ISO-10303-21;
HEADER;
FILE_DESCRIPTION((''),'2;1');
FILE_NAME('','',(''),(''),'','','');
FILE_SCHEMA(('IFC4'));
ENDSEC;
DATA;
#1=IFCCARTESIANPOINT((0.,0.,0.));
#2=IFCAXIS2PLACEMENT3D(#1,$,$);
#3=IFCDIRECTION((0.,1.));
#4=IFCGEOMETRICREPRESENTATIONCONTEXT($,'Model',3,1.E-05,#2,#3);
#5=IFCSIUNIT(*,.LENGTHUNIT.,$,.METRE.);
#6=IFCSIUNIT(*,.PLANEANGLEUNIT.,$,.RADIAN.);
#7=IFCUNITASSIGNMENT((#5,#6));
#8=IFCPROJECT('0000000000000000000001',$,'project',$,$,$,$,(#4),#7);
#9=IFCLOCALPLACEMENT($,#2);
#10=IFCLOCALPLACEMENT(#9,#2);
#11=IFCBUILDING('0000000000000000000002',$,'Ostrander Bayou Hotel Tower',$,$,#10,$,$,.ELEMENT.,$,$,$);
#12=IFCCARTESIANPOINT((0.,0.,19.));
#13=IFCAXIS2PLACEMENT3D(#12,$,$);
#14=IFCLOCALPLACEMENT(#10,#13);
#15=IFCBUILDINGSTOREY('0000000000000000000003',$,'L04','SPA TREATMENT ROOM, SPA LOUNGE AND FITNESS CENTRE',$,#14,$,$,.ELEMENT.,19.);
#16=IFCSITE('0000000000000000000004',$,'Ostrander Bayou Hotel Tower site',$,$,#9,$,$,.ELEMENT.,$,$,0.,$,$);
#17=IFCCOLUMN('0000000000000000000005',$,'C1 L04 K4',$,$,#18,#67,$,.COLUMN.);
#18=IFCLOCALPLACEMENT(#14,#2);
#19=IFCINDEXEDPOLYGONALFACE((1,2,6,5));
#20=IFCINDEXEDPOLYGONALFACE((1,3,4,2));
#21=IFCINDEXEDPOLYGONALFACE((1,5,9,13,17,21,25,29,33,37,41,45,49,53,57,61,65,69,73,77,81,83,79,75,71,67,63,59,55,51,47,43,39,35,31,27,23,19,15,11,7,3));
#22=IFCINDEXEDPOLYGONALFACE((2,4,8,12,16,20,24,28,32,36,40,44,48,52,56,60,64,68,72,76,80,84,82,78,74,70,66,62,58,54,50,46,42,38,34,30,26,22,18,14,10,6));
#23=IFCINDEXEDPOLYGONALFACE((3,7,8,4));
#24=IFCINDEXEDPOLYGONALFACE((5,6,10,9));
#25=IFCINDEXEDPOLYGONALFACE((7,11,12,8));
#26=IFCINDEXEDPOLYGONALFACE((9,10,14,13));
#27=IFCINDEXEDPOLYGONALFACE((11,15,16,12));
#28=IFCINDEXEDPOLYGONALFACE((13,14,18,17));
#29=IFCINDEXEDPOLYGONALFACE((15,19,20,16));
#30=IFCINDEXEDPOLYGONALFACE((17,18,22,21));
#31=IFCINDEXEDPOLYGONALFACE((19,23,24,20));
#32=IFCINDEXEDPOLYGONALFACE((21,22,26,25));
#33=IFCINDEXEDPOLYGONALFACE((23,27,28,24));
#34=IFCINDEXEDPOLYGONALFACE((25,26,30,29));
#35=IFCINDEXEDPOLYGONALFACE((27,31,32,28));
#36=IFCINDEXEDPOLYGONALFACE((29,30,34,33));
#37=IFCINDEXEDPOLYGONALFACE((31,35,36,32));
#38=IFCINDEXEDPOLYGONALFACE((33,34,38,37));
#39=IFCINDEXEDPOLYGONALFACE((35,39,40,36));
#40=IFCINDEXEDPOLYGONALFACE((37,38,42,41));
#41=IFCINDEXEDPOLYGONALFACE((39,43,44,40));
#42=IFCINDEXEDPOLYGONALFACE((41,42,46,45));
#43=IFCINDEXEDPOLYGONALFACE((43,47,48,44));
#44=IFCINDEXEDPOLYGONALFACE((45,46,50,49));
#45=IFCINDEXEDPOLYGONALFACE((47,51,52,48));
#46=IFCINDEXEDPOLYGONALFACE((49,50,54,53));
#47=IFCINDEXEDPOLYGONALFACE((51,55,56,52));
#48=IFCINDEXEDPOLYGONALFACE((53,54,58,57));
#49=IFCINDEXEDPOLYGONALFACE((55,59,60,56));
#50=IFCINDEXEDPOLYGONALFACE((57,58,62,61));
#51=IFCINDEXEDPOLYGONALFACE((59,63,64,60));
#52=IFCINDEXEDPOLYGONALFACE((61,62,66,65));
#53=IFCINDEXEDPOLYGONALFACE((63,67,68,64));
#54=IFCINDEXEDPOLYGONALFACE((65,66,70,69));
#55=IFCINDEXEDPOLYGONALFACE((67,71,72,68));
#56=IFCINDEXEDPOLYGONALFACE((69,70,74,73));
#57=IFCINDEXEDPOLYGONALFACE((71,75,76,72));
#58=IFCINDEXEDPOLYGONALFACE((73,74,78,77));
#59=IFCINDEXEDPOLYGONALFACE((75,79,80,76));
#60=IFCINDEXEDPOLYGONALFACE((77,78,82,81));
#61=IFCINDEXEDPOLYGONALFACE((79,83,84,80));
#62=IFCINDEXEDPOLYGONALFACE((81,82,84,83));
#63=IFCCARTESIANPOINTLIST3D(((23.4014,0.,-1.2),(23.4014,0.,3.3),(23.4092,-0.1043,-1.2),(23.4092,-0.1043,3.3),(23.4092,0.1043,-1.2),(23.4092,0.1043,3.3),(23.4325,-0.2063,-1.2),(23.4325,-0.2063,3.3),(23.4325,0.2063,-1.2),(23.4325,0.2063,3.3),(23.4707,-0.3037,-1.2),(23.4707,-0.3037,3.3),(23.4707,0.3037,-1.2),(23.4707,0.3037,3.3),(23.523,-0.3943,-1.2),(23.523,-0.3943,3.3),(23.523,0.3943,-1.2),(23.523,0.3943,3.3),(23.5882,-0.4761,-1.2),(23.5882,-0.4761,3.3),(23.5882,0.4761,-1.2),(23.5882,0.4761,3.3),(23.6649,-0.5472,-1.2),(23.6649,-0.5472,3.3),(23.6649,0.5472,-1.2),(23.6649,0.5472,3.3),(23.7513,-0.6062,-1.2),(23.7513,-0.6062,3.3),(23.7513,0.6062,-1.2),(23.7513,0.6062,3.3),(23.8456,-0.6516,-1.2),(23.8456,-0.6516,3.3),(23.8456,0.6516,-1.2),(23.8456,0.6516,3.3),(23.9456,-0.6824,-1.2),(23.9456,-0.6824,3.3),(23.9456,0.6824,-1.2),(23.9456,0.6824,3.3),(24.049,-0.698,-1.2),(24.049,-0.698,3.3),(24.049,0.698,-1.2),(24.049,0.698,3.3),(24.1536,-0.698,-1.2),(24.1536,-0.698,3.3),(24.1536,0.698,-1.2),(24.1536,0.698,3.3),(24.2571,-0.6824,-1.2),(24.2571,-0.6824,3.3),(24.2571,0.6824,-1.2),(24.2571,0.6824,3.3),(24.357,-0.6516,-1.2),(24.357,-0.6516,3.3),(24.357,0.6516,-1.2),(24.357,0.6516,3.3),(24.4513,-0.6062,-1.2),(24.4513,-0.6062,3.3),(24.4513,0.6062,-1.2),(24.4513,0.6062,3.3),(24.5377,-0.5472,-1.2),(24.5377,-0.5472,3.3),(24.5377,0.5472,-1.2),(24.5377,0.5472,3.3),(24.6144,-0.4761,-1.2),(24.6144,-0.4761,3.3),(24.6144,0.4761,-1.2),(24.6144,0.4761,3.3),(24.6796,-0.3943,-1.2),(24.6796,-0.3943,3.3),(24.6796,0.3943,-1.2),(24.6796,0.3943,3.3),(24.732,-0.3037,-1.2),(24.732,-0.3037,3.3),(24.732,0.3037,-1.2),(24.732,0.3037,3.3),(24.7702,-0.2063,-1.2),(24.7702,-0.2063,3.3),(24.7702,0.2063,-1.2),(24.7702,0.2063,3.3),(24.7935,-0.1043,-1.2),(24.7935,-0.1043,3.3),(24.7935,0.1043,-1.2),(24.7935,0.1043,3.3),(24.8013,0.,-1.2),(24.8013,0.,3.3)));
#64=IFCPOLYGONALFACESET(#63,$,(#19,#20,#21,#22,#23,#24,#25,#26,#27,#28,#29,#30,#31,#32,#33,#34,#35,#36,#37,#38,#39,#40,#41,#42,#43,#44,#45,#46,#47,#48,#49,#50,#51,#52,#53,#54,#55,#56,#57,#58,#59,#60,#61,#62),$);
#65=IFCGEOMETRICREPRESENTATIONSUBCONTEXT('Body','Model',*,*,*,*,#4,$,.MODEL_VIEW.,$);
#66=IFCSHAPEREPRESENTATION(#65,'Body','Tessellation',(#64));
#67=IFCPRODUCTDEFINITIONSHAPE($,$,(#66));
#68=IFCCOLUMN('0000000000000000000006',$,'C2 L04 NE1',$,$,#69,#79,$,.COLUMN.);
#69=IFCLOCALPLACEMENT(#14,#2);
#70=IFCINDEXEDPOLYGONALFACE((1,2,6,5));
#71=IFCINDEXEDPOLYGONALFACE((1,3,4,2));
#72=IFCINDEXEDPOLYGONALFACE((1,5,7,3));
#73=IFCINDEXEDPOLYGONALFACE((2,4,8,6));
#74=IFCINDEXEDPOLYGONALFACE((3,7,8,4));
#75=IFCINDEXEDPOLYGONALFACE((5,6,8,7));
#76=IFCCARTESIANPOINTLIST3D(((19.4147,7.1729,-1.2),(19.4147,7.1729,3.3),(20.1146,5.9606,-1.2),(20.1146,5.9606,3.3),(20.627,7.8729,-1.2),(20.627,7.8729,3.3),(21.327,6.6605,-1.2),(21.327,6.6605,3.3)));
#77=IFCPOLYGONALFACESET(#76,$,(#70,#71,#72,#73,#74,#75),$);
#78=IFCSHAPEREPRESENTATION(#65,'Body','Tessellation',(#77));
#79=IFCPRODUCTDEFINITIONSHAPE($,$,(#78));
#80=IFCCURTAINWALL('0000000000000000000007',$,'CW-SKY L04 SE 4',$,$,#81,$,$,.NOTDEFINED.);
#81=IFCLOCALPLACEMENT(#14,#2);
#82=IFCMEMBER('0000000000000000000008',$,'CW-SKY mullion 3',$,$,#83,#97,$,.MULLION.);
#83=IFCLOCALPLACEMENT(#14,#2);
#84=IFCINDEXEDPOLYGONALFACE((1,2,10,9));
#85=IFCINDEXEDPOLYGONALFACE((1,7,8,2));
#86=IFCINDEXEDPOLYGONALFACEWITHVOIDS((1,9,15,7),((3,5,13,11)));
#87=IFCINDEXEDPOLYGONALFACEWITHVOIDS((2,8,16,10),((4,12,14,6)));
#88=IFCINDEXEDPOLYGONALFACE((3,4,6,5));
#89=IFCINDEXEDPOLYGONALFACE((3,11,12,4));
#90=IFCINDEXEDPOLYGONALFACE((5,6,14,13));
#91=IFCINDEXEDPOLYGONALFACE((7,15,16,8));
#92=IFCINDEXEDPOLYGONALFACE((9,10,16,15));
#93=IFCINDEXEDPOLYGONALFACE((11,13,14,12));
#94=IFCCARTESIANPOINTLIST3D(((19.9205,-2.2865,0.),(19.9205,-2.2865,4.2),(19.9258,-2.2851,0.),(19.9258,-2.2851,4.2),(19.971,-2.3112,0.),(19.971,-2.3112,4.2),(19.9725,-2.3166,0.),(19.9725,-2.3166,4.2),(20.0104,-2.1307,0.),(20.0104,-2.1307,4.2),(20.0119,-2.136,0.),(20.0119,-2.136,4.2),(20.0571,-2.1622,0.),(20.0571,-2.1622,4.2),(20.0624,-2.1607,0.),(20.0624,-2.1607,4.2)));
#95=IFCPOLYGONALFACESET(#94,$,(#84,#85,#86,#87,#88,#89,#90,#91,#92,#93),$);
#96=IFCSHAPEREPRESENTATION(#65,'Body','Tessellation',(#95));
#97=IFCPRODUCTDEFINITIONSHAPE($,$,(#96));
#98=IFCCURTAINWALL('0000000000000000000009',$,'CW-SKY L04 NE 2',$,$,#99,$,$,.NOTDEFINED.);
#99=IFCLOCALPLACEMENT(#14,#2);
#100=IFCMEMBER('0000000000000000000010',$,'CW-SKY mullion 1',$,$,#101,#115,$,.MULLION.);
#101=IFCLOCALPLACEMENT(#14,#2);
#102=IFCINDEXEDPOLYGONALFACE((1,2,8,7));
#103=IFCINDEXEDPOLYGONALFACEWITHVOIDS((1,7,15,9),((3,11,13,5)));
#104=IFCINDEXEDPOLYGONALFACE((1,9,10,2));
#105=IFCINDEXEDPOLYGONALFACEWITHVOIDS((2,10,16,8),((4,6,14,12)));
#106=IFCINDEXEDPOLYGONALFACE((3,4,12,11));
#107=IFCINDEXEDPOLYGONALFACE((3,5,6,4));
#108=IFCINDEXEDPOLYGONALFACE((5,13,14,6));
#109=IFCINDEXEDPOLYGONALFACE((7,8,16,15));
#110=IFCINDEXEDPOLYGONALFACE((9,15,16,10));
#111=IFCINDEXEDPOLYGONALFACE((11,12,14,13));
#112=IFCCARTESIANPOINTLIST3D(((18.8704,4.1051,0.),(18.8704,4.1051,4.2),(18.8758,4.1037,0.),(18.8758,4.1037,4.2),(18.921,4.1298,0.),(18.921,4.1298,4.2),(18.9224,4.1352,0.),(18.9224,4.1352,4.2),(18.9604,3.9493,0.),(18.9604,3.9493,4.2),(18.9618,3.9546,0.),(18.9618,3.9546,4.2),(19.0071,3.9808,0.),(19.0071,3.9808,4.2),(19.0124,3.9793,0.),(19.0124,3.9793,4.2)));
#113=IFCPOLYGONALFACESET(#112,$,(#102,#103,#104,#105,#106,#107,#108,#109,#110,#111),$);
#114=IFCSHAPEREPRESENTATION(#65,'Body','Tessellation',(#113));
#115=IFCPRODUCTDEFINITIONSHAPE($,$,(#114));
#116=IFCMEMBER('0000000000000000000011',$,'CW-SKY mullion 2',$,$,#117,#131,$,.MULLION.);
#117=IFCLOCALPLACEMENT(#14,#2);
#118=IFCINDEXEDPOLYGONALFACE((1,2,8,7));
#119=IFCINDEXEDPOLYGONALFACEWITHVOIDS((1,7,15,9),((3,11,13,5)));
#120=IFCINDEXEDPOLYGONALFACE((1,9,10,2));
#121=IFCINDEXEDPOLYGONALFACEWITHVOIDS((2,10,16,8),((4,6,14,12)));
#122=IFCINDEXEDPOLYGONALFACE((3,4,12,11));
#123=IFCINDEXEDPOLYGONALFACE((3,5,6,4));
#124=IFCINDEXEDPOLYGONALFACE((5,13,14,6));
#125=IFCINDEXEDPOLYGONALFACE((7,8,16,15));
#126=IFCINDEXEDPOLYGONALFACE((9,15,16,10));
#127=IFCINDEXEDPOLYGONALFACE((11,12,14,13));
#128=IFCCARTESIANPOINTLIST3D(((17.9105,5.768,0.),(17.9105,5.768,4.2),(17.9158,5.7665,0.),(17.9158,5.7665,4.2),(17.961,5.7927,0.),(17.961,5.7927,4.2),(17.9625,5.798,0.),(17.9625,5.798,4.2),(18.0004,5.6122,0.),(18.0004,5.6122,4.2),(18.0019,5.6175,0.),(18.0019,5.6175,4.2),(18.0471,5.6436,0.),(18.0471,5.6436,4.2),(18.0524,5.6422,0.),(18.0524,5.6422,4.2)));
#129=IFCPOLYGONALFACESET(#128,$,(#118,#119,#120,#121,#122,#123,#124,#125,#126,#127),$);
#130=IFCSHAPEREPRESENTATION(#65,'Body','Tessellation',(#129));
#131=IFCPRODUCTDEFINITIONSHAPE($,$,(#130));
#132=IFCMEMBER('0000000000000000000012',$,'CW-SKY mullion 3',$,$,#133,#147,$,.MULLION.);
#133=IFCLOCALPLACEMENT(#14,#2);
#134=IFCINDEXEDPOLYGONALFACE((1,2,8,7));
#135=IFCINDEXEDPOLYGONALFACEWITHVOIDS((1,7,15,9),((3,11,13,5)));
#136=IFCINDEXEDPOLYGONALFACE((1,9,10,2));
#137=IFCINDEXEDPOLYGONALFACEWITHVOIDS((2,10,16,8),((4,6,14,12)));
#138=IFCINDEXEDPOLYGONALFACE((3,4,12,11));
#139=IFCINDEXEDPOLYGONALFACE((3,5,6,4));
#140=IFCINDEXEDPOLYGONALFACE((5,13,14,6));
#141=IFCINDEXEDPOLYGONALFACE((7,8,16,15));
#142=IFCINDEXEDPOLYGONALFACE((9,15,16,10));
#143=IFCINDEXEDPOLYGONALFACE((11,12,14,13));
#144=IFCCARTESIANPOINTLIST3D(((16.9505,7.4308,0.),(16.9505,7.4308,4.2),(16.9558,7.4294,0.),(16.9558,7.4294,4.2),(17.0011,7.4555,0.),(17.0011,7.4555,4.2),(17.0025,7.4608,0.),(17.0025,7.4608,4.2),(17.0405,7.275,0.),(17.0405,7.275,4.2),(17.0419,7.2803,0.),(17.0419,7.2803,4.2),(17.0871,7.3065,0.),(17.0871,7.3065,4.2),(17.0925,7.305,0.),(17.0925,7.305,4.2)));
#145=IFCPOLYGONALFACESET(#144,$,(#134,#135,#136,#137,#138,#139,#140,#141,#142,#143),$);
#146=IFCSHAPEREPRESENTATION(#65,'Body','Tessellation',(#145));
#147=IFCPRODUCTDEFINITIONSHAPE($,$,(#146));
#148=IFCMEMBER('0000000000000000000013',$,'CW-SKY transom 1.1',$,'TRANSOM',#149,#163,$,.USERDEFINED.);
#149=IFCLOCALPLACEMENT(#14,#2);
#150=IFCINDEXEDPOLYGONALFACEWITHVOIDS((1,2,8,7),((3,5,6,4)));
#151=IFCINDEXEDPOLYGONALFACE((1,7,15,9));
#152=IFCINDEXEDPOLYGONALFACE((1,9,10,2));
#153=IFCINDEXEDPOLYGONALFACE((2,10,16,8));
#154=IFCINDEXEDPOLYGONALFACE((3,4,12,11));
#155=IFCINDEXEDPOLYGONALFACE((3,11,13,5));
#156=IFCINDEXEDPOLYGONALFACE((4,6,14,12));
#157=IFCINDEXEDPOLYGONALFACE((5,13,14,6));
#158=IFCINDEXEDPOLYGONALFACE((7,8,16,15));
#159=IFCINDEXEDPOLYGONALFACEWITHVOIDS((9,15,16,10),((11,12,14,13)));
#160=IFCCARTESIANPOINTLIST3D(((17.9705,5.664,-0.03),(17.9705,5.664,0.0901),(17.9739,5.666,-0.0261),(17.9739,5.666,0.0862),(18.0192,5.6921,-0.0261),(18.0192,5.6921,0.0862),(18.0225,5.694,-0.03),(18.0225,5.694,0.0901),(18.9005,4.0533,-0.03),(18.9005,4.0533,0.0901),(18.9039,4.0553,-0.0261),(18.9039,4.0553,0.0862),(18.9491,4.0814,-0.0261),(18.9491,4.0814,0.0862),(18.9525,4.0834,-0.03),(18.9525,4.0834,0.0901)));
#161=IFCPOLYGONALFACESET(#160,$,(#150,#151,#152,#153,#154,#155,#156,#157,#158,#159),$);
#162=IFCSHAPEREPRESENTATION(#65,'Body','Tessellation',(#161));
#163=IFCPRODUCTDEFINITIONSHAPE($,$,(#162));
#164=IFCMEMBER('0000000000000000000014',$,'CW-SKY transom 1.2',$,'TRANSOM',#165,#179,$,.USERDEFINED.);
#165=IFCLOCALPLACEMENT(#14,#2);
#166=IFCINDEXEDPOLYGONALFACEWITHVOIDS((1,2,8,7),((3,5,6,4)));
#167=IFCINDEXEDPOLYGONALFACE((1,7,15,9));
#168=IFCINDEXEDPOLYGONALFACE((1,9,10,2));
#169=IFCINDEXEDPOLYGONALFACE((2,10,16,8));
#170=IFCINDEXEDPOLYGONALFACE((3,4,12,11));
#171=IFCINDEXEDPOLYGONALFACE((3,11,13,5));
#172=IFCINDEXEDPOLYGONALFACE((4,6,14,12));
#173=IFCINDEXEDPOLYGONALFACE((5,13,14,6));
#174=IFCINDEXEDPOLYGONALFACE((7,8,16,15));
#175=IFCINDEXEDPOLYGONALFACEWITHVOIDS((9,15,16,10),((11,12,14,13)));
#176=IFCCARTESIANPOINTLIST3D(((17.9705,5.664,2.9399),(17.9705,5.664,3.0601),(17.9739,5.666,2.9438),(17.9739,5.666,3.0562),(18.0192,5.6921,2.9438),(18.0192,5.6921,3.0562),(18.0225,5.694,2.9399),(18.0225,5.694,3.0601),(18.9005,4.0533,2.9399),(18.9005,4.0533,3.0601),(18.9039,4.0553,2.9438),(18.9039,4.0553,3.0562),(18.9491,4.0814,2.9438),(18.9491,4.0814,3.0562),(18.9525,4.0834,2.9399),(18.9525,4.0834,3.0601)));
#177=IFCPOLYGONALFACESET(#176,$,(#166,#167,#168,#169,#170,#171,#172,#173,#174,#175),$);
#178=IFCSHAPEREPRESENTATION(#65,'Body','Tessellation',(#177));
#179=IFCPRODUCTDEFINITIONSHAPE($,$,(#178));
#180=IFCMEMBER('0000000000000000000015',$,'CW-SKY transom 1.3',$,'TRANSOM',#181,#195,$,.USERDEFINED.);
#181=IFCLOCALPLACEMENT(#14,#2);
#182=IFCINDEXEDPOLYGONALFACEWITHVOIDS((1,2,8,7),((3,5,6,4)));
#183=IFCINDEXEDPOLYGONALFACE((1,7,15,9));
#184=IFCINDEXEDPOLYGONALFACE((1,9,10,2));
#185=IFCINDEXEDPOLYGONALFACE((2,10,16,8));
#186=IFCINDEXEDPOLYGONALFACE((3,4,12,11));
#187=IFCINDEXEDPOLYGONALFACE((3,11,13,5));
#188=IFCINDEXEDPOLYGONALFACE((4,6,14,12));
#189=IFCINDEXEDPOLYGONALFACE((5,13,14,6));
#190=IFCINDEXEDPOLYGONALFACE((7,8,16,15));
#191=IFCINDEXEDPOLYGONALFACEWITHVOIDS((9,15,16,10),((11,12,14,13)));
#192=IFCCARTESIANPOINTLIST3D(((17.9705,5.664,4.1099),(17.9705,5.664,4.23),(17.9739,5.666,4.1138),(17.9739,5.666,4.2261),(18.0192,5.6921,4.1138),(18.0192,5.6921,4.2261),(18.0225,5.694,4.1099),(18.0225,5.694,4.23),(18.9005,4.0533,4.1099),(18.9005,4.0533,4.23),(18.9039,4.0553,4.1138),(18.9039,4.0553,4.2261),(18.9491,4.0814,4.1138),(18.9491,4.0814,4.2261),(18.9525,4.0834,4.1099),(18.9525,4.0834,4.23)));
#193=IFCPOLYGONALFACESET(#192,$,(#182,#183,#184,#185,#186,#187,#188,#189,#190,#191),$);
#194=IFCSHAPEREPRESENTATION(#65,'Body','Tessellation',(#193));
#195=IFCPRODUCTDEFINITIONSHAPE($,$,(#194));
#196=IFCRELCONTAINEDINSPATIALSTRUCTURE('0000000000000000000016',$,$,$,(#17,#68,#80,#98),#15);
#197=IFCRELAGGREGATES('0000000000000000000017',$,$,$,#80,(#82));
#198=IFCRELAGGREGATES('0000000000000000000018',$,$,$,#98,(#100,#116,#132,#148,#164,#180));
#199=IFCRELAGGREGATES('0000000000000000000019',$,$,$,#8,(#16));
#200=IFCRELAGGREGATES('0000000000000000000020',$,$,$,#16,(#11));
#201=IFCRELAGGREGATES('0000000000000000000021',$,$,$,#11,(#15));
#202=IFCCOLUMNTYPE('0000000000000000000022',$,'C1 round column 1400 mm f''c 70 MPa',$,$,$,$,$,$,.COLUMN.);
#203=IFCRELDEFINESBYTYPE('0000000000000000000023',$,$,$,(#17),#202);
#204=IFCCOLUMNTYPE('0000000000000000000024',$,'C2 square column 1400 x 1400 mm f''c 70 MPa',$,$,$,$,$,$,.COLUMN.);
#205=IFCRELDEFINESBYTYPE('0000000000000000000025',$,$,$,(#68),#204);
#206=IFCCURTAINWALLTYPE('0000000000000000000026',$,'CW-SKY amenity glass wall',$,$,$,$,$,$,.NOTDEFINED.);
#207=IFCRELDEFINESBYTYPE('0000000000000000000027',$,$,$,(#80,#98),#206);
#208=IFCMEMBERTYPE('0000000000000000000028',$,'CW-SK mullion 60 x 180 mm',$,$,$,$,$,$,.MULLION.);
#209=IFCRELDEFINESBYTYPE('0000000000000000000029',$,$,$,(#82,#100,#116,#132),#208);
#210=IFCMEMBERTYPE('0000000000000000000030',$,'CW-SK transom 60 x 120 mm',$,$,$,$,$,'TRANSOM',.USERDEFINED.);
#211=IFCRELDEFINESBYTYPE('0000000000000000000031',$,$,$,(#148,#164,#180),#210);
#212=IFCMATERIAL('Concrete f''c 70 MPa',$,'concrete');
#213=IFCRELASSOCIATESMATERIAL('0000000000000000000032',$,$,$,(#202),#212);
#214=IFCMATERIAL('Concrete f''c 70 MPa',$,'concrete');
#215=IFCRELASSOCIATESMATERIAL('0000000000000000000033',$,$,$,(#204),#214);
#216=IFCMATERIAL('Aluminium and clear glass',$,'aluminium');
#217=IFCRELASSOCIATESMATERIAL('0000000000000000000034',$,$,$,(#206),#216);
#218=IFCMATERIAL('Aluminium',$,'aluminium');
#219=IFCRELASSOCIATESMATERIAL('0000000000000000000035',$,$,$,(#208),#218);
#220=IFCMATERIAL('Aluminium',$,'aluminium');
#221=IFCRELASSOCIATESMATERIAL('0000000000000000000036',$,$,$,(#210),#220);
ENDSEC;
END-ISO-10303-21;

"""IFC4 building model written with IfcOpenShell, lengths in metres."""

from ifc_helpers import new_model, si_unit, direction, frame, origin, origin_2d, place, context, subcontext, project, spatial, rectangle, hollow_rectangle, circle, extrude, material, material_profile, profile_set, type_object, element, aggregate, save


model = new_model("IFC4")

# Units and contexts
model_context = context("Model", 3, precision=1e-05, world=origin(), true_north=direction((0.0, 1.0)))
body_context = subcontext(model_context, "Body", "Model", "MODEL_VIEW")
ifc_project = project(units=[si_unit("LENGTHUNIT", "METRE"), si_unit("PLANEANGLEUNIT", "RADIAN")], contexts=[model_context])

# Site, building, storey
site_placement = place(None, origin())
site = spatial("IfcSite", under=ifc_project, at=site_placement, Name="Ostrander Bayou Hotel Tower site", CompositionType="ELEMENT", RefElevation=0.0)
building_placement = place(site_placement, origin())
building = spatial("IfcBuilding", under=site, at=building_placement, Name="Ostrander Bayou Hotel Tower", CompositionType="ELEMENT")
storey_placement = place(building_placement, frame((0.0, 0.0, 19.0)))
storey = spatial("IfcBuildingStorey", under=building, at=storey_placement, Name="L04", Description="SPA TREATMENT ROOM, SPA LOUNGE AND FITNESS CENTRE", CompositionType="ELEMENT", Elevation=19.0)

# Columns
ifc_material_1 = material(Name="Concrete f'c 70 MPa", Category="concrete")
ifc_material_profile_1 = material_profile(ifc_material_1, circle(Radius=0.7, at=origin_2d()))
ifc_profile_set_1 = profile_set([ifc_material_profile_1], Name="Concrete f'c 70 MPa")
column_type_1 = type_object("IfcColumnType", Name="C1 round column 1400 mm f'c 70 MPa", PredefinedType="COLUMN", material=ifc_profile_set_1)
column_1_placement = place(storey_placement, frame((24.1013, 0.0, -1.2), z_axis=(0.0, 0.0, 1.0), x_axis=(1.0, 0.0, 0.0)))
element("IfcColumn", 1, at=column_1_placement, inside=storey, type_object=column_type_1, Name="C1 L04 K4", PredefinedType="COLUMN", context=body_context, shape_type="SweptSolid", body=[
    extrude(circle(Radius=0.7, at=origin_2d()), origin(), (0.0, 0.0, 1.0), 4.5),
])
ifc_material_2 = material(Name="Concrete f'c 70 MPa", Category="concrete")
ifc_material_profile_2 = material_profile(ifc_material_2, rectangle(XDim=1.3999, YDim=1.3999, at=origin_2d()))
ifc_profile_set_2 = profile_set([ifc_material_profile_2], Name="Concrete f'c 70 MPa")
column_type_2 = type_object("IfcColumnType", Name="C2 square column 1400 x 1400 mm f'c 70 MPa", PredefinedType="COLUMN", material=ifc_profile_set_2)
column_2_placement = place(storey_placement, frame((20.3708, 6.9167, -1.2), z_axis=(0.0, 0.0, 1.0), x_axis=(0.5, -0.866025, 0.0)))
element("IfcColumn", 2, at=column_2_placement, inside=storey, type_object=column_type_2, Name="C2 L04 NE1", PredefinedType="COLUMN", context=body_context, shape_type="SweptSolid", body=[
    extrude(rectangle(XDim=1.3999, YDim=1.3999, at=origin_2d()), origin(), (0.0, 0.0, 1.0), 4.5),
])

# Curtain wall, member
ifc_material_3 = material(Name="Aluminium and clear glass", Category="aluminium")
curtain_wall_type = type_object("IfcCurtainWallType", Name="CW-SKY amenity glass wall", PredefinedType="NOTDEFINED", material=ifc_material_3)
curtain_wall_1_placement = place(storey_placement, origin())
curtain_wall_1 = element("IfcCurtainWall", 3, at=curtain_wall_1_placement, inside=storey, type_object=curtain_wall_type, Name="CW-SKY L04 SE 4", PredefinedType="NOTDEFINED")
ifc_material_4 = material(Name="Aluminium", Category="aluminium")
ifc_material_profile_3 = material_profile(ifc_material_4, hollow_rectangle(XDim=0.0601, YDim=0.1799, WallThickness=0.0039, at=origin_2d()))
ifc_profile_set_3 = profile_set([ifc_material_profile_3], Name="Aluminium")
member_type_1 = type_object("IfcMemberType", Name="CW-SK mullion 60 x 180 mm", PredefinedType="MULLION", material=ifc_profile_set_3)
member_1_placement = place(storey_placement, frame((19.9915, -2.2236, 0.0), z_axis=(0.0, 0.0, 1.0), x_axis=(-0.866026, 0.499999, 0.0)))
member_1 = element("IfcMember", 4, at=member_1_placement, type_object=member_type_1, Name="CW-SKY mullion 3", PredefinedType="MULLION", context=body_context, shape_type="SweptSolid", body=[
    extrude(hollow_rectangle(XDim=0.0601, YDim=0.1799, WallThickness=0.0039, at=origin_2d()), origin(), (0.0, 0.0, 1.0), 4.2),
])

# Curtain wall, members
curtain_wall_2_placement = place(storey_placement, origin())
curtain_wall_2 = element("IfcCurtainWall", 5, at=curtain_wall_2_placement, inside=storey, type_object=curtain_wall_type, Name="CW-SKY L04 NE 2", PredefinedType="NOTDEFINED")
member_2_placement = place(storey_placement, frame((18.9414, 4.0422, 0.0), z_axis=(0.0, 0.0, 1.0), x_axis=(-0.866025, -0.5, 0.0)))
member_2 = element("IfcMember", 6, at=member_2_placement, type_object=member_type_1, Name="CW-SKY mullion 1", PredefinedType="MULLION", context=body_context, shape_type="SweptSolid", body=[
    extrude(hollow_rectangle(XDim=0.0601, YDim=0.1799, WallThickness=0.0039, at=origin_2d()), origin(), (0.0, 0.0, 1.0), 4.2),
])
member_3_placement = place(storey_placement, frame((17.9814, 5.7051, 0.0), z_axis=(0.0, 0.0, 1.0), x_axis=(-0.866025, -0.5, 0.0)))
member_3 = element("IfcMember", 7, at=member_3_placement, type_object=member_type_1, Name="CW-SKY mullion 2", PredefinedType="MULLION", context=body_context, shape_type="SweptSolid", body=[
    extrude(hollow_rectangle(XDim=0.0601, YDim=0.1799, WallThickness=0.0039, at=origin_2d()), origin(), (0.0, 0.0, 1.0), 4.2),
])
member_4_placement = place(storey_placement, frame((17.0215, 7.3679, 0.0), z_axis=(0.0, 0.0, 1.0), x_axis=(-0.866025, -0.5, 0.0)))
member_4 = element("IfcMember", 8, at=member_4_placement, type_object=member_type_1, Name="CW-SKY mullion 3", PredefinedType="MULLION", context=body_context, shape_type="SweptSolid", body=[
    extrude(hollow_rectangle(XDim=0.0601, YDim=0.1799, WallThickness=0.0039, at=origin_2d()), origin(), (0.0, 0.0, 1.0), 4.2),
])
ifc_material_5 = material(Name="Aluminium", Category="aluminium")
ifc_material_profile_4 = material_profile(ifc_material_5, hollow_rectangle(XDim=0.0601, YDim=0.1201, WallThickness=0.0039, at=origin_2d()))
ifc_profile_set_4 = profile_set([ifc_material_profile_4], Name="Aluminium")
member_type_2 = type_object("IfcMemberType", Name="CW-SK transom 60 x 120 mm", ElementType="TRANSOM", PredefinedType="USERDEFINED", material=ifc_profile_set_4)
member_5_placement = place(storey_placement, frame((18.9265, 4.0684, 0.03), z_axis=(-0.500022, 0.866013, 0.0), x_axis=(-0.866013, -0.500022, 0.0)))
member_5 = element("IfcMember", 9, at=member_5_placement, type_object=member_type_2, Name="CW-SKY transom 1.1", ObjectType="TRANSOM", PredefinedType="USERDEFINED", context=body_context, shape_type="SweptSolid", body=[
    extrude(hollow_rectangle(XDim=0.0601, YDim=0.1201, WallThickness=0.0039, at=origin_2d()), origin(), (0.0, 0.0, 1.0), 1.8599),
])
member_6_placement = place(storey_placement, frame((18.9265, 4.0684, 3.0), z_axis=(-0.500022, 0.866013, 0.0), x_axis=(-0.866013, -0.500022, 0.0)))
member_6 = element("IfcMember", 10, at=member_6_placement, type_object=member_type_2, Name="CW-SKY transom 1.2", ObjectType="TRANSOM", PredefinedType="USERDEFINED", context=body_context, shape_type="SweptSolid", body=[
    extrude(hollow_rectangle(XDim=0.0601, YDim=0.1201, WallThickness=0.0039, at=origin_2d()), origin(), (0.0, 0.0, 1.0), 1.8599),
])
member_7_placement = place(storey_placement, frame((18.9265, 4.0684, 4.1699), z_axis=(-0.500022, 0.866013, 0.0), x_axis=(-0.866013, -0.500022, 0.0)))
member_7 = element("IfcMember", 11, at=member_7_placement, type_object=member_type_2, Name="CW-SKY transom 1.3", ObjectType="TRANSOM", PredefinedType="USERDEFINED", context=body_context, shape_type="SweptSolid", body=[
    extrude(hollow_rectangle(XDim=0.0601, YDim=0.1201, WallThickness=0.0039, at=origin_2d()), origin(), (0.0, 0.0, 1.0), 1.8599),
])

aggregate(curtain_wall_1, [member_1])
aggregate(curtain_wall_2, [member_2, member_3, member_4, member_5, member_6, member_7])

save(model, "model.ifc")
